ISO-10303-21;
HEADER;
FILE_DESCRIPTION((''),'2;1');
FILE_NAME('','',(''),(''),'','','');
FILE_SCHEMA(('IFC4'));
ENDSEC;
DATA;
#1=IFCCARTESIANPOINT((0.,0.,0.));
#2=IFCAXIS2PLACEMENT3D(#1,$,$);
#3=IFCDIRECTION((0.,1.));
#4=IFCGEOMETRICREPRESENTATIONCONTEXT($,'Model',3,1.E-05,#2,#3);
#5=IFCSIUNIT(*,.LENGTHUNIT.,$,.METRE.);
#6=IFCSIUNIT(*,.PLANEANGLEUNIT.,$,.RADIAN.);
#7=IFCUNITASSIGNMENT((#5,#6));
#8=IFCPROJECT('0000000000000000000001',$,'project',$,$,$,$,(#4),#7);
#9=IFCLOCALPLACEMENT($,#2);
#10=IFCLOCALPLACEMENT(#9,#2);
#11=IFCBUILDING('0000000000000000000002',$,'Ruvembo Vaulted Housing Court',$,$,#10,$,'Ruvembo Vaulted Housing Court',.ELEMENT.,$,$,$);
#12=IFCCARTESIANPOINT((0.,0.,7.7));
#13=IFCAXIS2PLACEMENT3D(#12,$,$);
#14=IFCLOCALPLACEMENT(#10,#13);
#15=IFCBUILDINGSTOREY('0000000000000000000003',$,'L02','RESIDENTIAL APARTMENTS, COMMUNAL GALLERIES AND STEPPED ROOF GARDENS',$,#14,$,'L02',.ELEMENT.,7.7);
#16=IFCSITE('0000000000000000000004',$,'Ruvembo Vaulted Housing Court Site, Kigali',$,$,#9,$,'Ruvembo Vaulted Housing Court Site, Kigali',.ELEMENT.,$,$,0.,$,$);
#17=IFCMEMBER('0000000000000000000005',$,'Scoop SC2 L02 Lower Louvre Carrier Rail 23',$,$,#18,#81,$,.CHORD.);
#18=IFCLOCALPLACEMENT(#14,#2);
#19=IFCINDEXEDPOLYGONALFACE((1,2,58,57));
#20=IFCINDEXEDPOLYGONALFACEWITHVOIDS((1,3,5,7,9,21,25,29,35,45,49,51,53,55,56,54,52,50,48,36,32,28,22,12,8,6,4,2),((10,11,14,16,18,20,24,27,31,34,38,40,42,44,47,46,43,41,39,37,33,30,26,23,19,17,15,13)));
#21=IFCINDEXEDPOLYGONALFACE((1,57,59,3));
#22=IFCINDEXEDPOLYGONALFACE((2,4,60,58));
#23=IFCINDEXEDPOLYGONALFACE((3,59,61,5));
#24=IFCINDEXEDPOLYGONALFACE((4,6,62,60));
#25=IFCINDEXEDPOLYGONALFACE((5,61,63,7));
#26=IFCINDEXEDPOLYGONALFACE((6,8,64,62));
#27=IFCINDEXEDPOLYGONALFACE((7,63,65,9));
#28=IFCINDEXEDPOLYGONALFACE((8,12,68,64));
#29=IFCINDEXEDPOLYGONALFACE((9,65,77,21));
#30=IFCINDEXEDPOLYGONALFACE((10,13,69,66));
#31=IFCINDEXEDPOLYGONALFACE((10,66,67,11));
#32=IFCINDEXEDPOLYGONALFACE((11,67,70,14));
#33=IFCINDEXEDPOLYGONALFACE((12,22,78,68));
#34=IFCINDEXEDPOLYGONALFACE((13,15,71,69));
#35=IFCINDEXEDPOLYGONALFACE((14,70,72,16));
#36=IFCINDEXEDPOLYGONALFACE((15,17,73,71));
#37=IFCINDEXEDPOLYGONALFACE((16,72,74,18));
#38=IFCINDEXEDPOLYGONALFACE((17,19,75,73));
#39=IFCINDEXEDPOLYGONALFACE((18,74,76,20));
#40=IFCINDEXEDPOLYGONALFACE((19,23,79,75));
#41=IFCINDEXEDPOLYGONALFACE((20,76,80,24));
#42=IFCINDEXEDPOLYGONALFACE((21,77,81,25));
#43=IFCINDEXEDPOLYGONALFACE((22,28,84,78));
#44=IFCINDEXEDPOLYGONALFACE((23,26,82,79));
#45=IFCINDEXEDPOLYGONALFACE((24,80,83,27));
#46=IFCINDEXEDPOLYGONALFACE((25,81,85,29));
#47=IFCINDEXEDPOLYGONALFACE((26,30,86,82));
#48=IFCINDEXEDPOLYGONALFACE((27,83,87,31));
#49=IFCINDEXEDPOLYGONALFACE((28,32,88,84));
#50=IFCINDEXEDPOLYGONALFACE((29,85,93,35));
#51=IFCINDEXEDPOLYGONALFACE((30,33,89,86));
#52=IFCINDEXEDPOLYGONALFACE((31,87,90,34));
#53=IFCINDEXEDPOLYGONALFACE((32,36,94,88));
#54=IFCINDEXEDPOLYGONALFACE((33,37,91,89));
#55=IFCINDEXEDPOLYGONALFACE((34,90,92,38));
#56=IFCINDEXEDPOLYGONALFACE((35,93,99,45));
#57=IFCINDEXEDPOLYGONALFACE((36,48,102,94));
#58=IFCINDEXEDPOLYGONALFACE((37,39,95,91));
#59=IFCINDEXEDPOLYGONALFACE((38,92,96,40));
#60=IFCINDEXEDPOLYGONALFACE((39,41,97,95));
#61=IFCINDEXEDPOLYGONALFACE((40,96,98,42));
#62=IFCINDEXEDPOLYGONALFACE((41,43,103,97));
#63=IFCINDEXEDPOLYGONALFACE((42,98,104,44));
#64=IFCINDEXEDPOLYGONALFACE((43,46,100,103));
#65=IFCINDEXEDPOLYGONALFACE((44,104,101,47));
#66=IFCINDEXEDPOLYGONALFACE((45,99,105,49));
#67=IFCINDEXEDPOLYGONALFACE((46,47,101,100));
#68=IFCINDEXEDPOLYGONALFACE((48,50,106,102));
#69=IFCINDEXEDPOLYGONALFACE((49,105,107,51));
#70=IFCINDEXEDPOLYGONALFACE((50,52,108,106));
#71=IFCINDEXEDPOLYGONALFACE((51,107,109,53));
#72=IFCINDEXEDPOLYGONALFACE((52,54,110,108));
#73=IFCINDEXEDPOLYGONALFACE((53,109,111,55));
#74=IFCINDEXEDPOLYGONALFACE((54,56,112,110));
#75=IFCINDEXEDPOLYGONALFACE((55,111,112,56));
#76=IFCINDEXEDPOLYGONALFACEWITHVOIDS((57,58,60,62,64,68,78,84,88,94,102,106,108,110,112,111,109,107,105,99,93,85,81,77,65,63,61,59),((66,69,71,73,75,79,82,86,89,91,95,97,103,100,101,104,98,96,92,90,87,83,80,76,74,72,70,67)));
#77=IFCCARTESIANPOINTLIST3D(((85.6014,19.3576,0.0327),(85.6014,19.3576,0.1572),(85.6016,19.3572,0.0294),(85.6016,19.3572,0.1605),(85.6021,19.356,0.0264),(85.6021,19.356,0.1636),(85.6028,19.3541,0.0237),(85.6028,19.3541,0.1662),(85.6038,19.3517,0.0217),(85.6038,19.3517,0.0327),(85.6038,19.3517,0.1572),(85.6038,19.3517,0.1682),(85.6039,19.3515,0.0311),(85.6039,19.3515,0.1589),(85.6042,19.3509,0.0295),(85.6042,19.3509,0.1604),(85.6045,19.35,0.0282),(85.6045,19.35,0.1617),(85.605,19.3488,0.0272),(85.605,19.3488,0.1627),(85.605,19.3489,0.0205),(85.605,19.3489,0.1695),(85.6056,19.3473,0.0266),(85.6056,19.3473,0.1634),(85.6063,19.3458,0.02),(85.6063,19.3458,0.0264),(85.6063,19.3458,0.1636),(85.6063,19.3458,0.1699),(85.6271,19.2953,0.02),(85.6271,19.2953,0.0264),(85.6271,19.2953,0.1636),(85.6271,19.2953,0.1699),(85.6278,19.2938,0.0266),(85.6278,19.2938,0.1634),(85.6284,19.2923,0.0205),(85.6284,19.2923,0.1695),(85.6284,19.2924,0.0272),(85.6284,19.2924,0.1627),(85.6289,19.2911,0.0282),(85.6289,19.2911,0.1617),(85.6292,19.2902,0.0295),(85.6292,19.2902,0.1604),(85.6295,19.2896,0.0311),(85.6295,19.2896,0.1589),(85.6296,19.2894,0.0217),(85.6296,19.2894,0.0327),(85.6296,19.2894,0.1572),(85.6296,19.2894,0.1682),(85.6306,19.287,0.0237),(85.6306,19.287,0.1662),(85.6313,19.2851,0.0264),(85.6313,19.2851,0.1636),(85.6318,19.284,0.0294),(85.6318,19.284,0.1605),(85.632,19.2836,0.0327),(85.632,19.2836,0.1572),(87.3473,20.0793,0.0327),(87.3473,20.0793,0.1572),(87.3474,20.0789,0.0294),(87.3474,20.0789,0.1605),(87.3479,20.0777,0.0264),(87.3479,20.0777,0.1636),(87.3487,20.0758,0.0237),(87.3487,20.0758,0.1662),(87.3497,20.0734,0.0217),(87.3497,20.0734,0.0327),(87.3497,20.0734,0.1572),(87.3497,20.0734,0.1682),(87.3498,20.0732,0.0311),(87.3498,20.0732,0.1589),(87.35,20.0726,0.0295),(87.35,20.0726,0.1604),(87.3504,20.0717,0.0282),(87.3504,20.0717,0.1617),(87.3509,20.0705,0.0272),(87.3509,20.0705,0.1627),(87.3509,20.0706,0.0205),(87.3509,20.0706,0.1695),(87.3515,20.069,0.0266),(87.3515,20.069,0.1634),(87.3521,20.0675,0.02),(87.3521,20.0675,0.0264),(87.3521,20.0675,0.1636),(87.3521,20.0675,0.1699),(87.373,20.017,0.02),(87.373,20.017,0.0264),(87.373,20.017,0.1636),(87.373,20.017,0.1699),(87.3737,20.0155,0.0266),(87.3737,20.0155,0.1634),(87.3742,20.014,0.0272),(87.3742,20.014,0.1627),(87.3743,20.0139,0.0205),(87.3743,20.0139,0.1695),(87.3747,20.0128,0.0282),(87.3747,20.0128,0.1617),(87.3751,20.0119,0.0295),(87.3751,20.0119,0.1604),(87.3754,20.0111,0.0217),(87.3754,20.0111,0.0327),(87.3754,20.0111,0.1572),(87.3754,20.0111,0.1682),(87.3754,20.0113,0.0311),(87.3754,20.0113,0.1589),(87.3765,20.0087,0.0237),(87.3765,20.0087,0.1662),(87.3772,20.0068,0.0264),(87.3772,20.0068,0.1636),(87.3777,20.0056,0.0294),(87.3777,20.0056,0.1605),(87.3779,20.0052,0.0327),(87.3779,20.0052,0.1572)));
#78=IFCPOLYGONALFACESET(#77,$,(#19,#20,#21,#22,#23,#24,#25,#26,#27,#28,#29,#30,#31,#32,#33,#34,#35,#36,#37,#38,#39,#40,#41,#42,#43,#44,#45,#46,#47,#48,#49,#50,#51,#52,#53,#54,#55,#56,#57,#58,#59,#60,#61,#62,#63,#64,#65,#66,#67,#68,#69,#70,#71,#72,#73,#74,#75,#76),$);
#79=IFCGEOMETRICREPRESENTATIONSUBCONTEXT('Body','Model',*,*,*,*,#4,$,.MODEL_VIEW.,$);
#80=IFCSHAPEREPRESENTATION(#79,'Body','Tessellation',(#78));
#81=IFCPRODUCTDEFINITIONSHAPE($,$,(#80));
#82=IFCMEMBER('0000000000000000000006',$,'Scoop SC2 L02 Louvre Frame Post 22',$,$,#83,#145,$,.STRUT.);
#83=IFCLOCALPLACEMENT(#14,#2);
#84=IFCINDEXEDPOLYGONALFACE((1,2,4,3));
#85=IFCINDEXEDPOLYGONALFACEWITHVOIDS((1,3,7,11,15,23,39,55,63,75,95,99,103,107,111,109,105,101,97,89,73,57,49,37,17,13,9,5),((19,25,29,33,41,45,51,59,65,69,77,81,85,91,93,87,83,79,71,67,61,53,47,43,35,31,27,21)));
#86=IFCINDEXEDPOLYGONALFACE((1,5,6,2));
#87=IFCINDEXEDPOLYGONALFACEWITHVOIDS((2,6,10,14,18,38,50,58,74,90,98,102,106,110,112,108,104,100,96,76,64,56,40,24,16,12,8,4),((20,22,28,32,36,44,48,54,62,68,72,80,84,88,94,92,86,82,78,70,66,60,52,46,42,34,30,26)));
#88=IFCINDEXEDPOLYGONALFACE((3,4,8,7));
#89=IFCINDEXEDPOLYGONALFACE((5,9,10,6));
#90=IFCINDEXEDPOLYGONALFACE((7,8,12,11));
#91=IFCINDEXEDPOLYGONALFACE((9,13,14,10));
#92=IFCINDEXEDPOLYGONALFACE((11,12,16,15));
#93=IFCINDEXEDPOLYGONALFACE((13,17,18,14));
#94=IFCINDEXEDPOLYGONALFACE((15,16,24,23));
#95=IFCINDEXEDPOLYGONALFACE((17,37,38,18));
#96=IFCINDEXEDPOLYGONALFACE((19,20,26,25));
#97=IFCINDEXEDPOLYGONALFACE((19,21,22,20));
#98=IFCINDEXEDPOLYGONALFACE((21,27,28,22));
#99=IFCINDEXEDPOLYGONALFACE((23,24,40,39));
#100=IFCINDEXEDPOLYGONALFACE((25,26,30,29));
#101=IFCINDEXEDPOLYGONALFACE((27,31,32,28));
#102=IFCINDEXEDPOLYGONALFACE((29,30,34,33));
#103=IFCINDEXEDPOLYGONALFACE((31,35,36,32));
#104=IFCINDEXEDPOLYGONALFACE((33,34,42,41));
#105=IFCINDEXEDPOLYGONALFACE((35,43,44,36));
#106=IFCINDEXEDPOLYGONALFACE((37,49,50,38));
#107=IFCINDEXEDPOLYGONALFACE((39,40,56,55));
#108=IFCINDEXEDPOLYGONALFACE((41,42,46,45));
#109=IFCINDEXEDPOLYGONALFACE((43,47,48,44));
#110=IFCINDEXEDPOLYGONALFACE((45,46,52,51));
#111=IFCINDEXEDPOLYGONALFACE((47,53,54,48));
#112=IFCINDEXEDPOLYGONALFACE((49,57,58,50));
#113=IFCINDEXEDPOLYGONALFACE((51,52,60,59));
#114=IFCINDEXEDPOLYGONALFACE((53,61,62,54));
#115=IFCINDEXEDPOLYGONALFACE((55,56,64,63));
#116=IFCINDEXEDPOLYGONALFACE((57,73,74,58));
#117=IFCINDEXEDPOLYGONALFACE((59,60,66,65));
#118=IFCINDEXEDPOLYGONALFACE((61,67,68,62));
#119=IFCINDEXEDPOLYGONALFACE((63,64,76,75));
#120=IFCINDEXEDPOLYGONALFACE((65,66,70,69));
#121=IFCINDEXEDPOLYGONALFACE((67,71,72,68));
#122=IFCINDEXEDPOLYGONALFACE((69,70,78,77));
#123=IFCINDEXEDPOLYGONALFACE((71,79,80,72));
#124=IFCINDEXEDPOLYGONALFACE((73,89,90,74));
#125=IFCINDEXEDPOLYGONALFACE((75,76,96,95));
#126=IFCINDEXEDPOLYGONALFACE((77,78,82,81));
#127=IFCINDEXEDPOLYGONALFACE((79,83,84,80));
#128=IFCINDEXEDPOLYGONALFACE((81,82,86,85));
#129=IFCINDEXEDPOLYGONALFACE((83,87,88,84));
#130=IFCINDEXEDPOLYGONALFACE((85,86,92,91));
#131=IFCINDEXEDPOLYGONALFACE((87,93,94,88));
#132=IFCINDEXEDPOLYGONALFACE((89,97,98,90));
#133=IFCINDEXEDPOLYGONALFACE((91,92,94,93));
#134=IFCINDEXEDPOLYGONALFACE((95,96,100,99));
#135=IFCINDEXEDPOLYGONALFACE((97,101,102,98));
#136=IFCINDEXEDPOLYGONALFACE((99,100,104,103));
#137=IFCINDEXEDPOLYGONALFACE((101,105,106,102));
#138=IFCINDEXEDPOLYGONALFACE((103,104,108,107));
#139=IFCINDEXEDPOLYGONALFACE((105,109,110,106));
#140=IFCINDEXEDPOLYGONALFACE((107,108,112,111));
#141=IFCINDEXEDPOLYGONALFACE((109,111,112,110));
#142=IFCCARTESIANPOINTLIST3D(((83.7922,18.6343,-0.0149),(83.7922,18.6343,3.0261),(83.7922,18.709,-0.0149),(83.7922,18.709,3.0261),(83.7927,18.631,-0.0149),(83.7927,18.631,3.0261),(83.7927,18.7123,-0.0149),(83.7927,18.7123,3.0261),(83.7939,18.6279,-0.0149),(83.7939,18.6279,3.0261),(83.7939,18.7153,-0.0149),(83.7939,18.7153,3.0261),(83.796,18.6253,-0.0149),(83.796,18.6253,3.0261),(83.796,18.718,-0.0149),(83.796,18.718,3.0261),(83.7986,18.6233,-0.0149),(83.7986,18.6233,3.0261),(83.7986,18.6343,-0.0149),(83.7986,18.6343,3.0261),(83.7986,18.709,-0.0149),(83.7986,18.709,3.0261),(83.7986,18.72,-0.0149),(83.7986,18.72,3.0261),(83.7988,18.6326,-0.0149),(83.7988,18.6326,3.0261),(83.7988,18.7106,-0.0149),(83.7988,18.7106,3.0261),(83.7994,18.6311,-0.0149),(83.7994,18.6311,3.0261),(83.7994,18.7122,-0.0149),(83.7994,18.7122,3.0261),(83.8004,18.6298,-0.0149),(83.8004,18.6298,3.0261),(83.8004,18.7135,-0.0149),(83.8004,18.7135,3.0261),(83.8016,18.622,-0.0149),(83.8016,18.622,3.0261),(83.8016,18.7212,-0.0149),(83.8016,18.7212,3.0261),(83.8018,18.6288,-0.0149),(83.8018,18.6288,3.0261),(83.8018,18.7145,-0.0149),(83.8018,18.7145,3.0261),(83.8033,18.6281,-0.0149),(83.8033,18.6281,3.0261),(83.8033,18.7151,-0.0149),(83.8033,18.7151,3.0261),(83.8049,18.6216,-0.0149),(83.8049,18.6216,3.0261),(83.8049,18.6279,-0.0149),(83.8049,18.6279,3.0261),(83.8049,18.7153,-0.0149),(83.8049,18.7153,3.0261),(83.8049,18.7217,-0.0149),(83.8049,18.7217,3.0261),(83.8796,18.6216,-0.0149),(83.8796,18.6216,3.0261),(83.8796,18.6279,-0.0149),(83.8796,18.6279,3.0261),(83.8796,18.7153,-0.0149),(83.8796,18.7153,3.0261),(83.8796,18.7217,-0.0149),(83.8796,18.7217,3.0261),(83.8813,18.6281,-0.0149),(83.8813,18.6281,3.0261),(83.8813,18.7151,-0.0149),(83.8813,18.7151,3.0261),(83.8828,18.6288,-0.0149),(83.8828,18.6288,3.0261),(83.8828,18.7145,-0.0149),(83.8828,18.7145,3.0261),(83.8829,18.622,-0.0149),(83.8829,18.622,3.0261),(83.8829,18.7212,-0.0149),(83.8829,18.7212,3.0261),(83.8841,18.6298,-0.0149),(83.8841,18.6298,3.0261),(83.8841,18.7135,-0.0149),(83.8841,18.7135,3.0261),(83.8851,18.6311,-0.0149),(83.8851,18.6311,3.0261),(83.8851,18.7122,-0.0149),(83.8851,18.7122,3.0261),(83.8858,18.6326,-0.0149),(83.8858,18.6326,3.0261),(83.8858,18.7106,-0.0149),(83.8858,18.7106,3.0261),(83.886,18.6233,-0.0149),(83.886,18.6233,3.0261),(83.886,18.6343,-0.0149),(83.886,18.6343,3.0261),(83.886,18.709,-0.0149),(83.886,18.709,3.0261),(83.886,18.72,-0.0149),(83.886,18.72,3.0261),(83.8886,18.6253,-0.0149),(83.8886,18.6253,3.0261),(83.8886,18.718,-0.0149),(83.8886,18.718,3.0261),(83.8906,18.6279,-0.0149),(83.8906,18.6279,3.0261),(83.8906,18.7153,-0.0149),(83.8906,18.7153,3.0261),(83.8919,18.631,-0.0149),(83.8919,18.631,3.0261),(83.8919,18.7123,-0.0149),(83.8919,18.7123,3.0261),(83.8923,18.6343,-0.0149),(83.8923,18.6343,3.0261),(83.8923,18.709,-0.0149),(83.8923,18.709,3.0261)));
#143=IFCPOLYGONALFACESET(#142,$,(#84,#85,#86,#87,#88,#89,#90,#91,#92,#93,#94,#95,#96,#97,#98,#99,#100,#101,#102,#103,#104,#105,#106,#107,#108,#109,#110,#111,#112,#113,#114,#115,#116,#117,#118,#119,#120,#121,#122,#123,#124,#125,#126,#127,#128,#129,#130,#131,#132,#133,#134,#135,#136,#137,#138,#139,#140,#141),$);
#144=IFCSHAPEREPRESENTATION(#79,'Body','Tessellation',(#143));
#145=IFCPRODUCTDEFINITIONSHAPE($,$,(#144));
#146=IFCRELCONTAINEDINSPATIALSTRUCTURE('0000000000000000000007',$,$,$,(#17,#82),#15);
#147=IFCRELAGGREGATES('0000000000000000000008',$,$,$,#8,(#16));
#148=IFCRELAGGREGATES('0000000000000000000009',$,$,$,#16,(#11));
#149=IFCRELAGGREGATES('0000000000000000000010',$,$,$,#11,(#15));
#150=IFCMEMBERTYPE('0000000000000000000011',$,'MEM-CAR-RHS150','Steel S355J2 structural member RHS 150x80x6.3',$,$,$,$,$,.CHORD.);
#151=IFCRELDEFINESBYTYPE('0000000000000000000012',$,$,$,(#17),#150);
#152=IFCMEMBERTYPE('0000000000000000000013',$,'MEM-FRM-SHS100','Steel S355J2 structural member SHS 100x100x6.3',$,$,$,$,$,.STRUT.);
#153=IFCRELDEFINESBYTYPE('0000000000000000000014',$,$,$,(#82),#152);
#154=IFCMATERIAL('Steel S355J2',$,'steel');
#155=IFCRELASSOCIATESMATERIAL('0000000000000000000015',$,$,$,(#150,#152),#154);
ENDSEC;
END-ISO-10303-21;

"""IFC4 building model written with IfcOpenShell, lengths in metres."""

from ifc_helpers import new_model, si_unit, direction, frame, origin, origin_2d, place, context, subcontext, project, spatial, hollow_rectangle, extrude, material, material_profile, profile_set, type_object, element, save


model = new_model("IFC4")

# Units and contexts
model_context = context("Model", 3, precision=1e-05, world=origin(), true_north=direction((0.0, 1.0)))
body_context = subcontext(model_context, "Body", "Model", "MODEL_VIEW")
ifc_project = project(units=[si_unit("LENGTHUNIT", "METRE"), si_unit("PLANEANGLEUNIT", "RADIAN")], contexts=[model_context])

# Site, building, storey
site_placement = place(None, origin())
site = spatial("IfcSite", under=ifc_project, at=site_placement, Name="Ruvembo Vaulted Housing Court Site, Kigali", LongName="Ruvembo Vaulted Housing Court Site, Kigali", CompositionType="ELEMENT", RefElevation=0.0)
building_placement = place(site_placement, origin())
building = spatial("IfcBuilding", under=site, at=building_placement, Name="Ruvembo Vaulted Housing Court", LongName="Ruvembo Vaulted Housing Court", CompositionType="ELEMENT")
storey_placement = place(building_placement, frame((0.0, 0.0, 7.7)))
storey = spatial("IfcBuildingStorey", under=building, at=storey_placement, Name="L02", Description="RESIDENTIAL APARTMENTS, COMMUNAL GALLERIES AND STEPPED ROOF GARDENS", LongName="L02", CompositionType="ELEMENT", Elevation=7.7)

# Shared definitions
ifc_material_1 = material(Name="Steel S355J2", Category="steel")

# Members
ifc_material_profile_1 = material_profile(ifc_material_1, hollow_rectangle(XDim=0.0801, YDim=0.1499, WallThickness=0.0063, InnerFilletRadius=0.0063, OuterFilletRadius=0.0127, at=origin_2d()), Name="RHS 150x80x6.3")
ifc_profile_set_1 = profile_set([ifc_material_profile_1], Name="Steel S355J2")
member_type_1 = type_object("IfcMemberType", Name="MEM-CAR-RHS150", Description="Steel S355J2 structural member RHS 150x80x6.3", PredefinedType="CHORD", material=ifc_profile_set_1)
member_1_placement = place(storey_placement, frame((85.6167, 19.3206, 0.095), z_axis=(0.924155, 0.382017, 0.0), x_axis=(-0.382017, 0.924155, 0.0)))
element("IfcMember", 1, at=member_1_placement, inside=storey, type_object=member_type_1, Name="Scoop SC2 L02 Lower Louvre Carrier Rail 23", PredefinedType="CHORD", context=body_context, shape_type="SweptSolid", body=[
    extrude(hollow_rectangle(XDim=0.0801, YDim=0.1499, WallThickness=0.0063, InnerFilletRadius=0.0063, OuterFilletRadius=0.0127, at=origin_2d()), origin(), (0.0, 0.0, 1.0), 1.8892),
])
ifc_material_profile_2 = material_profile(ifc_material_1, hollow_rectangle(XDim=0.1001, YDim=0.1001, WallThickness=0.0063, InnerFilletRadius=0.0063, OuterFilletRadius=0.0127, at=origin_2d()), Name="SHS 100x100x6.3")
ifc_profile_set_2 = profile_set([ifc_material_profile_2], Name="Steel S355J2")
member_type_2 = type_object("IfcMemberType", Name="MEM-FRM-SHS100", Description="Steel S355J2 structural member SHS 100x100x6.3", PredefinedType="STRUT", material=ifc_profile_set_2)
for number, where, z_axis, x_axis, name in (
    (2, (83.8423, 18.6716, -0.0149), (0.0, 0.0, 1.0), (1.0, 0.0, 0.0), "Scoop SC2 L02 Louvre Frame Post 22"),
):
    element("IfcMember", number, at=place(storey_placement, frame(where, z_axis=z_axis, x_axis=x_axis)), inside=storey, type_object=member_type_2, Name=name, PredefinedType="STRUT", context=body_context, shape_type="SweptSolid", body=[
        extrude(hollow_rectangle(XDim=0.1001, YDim=0.1001, WallThickness=0.0063, InnerFilletRadius=0.0063, OuterFilletRadius=0.0127, at=origin_2d()), origin(), (0.0, 0.0, 1.0), 3.041),
    ])

save(model, "model.ifc")
